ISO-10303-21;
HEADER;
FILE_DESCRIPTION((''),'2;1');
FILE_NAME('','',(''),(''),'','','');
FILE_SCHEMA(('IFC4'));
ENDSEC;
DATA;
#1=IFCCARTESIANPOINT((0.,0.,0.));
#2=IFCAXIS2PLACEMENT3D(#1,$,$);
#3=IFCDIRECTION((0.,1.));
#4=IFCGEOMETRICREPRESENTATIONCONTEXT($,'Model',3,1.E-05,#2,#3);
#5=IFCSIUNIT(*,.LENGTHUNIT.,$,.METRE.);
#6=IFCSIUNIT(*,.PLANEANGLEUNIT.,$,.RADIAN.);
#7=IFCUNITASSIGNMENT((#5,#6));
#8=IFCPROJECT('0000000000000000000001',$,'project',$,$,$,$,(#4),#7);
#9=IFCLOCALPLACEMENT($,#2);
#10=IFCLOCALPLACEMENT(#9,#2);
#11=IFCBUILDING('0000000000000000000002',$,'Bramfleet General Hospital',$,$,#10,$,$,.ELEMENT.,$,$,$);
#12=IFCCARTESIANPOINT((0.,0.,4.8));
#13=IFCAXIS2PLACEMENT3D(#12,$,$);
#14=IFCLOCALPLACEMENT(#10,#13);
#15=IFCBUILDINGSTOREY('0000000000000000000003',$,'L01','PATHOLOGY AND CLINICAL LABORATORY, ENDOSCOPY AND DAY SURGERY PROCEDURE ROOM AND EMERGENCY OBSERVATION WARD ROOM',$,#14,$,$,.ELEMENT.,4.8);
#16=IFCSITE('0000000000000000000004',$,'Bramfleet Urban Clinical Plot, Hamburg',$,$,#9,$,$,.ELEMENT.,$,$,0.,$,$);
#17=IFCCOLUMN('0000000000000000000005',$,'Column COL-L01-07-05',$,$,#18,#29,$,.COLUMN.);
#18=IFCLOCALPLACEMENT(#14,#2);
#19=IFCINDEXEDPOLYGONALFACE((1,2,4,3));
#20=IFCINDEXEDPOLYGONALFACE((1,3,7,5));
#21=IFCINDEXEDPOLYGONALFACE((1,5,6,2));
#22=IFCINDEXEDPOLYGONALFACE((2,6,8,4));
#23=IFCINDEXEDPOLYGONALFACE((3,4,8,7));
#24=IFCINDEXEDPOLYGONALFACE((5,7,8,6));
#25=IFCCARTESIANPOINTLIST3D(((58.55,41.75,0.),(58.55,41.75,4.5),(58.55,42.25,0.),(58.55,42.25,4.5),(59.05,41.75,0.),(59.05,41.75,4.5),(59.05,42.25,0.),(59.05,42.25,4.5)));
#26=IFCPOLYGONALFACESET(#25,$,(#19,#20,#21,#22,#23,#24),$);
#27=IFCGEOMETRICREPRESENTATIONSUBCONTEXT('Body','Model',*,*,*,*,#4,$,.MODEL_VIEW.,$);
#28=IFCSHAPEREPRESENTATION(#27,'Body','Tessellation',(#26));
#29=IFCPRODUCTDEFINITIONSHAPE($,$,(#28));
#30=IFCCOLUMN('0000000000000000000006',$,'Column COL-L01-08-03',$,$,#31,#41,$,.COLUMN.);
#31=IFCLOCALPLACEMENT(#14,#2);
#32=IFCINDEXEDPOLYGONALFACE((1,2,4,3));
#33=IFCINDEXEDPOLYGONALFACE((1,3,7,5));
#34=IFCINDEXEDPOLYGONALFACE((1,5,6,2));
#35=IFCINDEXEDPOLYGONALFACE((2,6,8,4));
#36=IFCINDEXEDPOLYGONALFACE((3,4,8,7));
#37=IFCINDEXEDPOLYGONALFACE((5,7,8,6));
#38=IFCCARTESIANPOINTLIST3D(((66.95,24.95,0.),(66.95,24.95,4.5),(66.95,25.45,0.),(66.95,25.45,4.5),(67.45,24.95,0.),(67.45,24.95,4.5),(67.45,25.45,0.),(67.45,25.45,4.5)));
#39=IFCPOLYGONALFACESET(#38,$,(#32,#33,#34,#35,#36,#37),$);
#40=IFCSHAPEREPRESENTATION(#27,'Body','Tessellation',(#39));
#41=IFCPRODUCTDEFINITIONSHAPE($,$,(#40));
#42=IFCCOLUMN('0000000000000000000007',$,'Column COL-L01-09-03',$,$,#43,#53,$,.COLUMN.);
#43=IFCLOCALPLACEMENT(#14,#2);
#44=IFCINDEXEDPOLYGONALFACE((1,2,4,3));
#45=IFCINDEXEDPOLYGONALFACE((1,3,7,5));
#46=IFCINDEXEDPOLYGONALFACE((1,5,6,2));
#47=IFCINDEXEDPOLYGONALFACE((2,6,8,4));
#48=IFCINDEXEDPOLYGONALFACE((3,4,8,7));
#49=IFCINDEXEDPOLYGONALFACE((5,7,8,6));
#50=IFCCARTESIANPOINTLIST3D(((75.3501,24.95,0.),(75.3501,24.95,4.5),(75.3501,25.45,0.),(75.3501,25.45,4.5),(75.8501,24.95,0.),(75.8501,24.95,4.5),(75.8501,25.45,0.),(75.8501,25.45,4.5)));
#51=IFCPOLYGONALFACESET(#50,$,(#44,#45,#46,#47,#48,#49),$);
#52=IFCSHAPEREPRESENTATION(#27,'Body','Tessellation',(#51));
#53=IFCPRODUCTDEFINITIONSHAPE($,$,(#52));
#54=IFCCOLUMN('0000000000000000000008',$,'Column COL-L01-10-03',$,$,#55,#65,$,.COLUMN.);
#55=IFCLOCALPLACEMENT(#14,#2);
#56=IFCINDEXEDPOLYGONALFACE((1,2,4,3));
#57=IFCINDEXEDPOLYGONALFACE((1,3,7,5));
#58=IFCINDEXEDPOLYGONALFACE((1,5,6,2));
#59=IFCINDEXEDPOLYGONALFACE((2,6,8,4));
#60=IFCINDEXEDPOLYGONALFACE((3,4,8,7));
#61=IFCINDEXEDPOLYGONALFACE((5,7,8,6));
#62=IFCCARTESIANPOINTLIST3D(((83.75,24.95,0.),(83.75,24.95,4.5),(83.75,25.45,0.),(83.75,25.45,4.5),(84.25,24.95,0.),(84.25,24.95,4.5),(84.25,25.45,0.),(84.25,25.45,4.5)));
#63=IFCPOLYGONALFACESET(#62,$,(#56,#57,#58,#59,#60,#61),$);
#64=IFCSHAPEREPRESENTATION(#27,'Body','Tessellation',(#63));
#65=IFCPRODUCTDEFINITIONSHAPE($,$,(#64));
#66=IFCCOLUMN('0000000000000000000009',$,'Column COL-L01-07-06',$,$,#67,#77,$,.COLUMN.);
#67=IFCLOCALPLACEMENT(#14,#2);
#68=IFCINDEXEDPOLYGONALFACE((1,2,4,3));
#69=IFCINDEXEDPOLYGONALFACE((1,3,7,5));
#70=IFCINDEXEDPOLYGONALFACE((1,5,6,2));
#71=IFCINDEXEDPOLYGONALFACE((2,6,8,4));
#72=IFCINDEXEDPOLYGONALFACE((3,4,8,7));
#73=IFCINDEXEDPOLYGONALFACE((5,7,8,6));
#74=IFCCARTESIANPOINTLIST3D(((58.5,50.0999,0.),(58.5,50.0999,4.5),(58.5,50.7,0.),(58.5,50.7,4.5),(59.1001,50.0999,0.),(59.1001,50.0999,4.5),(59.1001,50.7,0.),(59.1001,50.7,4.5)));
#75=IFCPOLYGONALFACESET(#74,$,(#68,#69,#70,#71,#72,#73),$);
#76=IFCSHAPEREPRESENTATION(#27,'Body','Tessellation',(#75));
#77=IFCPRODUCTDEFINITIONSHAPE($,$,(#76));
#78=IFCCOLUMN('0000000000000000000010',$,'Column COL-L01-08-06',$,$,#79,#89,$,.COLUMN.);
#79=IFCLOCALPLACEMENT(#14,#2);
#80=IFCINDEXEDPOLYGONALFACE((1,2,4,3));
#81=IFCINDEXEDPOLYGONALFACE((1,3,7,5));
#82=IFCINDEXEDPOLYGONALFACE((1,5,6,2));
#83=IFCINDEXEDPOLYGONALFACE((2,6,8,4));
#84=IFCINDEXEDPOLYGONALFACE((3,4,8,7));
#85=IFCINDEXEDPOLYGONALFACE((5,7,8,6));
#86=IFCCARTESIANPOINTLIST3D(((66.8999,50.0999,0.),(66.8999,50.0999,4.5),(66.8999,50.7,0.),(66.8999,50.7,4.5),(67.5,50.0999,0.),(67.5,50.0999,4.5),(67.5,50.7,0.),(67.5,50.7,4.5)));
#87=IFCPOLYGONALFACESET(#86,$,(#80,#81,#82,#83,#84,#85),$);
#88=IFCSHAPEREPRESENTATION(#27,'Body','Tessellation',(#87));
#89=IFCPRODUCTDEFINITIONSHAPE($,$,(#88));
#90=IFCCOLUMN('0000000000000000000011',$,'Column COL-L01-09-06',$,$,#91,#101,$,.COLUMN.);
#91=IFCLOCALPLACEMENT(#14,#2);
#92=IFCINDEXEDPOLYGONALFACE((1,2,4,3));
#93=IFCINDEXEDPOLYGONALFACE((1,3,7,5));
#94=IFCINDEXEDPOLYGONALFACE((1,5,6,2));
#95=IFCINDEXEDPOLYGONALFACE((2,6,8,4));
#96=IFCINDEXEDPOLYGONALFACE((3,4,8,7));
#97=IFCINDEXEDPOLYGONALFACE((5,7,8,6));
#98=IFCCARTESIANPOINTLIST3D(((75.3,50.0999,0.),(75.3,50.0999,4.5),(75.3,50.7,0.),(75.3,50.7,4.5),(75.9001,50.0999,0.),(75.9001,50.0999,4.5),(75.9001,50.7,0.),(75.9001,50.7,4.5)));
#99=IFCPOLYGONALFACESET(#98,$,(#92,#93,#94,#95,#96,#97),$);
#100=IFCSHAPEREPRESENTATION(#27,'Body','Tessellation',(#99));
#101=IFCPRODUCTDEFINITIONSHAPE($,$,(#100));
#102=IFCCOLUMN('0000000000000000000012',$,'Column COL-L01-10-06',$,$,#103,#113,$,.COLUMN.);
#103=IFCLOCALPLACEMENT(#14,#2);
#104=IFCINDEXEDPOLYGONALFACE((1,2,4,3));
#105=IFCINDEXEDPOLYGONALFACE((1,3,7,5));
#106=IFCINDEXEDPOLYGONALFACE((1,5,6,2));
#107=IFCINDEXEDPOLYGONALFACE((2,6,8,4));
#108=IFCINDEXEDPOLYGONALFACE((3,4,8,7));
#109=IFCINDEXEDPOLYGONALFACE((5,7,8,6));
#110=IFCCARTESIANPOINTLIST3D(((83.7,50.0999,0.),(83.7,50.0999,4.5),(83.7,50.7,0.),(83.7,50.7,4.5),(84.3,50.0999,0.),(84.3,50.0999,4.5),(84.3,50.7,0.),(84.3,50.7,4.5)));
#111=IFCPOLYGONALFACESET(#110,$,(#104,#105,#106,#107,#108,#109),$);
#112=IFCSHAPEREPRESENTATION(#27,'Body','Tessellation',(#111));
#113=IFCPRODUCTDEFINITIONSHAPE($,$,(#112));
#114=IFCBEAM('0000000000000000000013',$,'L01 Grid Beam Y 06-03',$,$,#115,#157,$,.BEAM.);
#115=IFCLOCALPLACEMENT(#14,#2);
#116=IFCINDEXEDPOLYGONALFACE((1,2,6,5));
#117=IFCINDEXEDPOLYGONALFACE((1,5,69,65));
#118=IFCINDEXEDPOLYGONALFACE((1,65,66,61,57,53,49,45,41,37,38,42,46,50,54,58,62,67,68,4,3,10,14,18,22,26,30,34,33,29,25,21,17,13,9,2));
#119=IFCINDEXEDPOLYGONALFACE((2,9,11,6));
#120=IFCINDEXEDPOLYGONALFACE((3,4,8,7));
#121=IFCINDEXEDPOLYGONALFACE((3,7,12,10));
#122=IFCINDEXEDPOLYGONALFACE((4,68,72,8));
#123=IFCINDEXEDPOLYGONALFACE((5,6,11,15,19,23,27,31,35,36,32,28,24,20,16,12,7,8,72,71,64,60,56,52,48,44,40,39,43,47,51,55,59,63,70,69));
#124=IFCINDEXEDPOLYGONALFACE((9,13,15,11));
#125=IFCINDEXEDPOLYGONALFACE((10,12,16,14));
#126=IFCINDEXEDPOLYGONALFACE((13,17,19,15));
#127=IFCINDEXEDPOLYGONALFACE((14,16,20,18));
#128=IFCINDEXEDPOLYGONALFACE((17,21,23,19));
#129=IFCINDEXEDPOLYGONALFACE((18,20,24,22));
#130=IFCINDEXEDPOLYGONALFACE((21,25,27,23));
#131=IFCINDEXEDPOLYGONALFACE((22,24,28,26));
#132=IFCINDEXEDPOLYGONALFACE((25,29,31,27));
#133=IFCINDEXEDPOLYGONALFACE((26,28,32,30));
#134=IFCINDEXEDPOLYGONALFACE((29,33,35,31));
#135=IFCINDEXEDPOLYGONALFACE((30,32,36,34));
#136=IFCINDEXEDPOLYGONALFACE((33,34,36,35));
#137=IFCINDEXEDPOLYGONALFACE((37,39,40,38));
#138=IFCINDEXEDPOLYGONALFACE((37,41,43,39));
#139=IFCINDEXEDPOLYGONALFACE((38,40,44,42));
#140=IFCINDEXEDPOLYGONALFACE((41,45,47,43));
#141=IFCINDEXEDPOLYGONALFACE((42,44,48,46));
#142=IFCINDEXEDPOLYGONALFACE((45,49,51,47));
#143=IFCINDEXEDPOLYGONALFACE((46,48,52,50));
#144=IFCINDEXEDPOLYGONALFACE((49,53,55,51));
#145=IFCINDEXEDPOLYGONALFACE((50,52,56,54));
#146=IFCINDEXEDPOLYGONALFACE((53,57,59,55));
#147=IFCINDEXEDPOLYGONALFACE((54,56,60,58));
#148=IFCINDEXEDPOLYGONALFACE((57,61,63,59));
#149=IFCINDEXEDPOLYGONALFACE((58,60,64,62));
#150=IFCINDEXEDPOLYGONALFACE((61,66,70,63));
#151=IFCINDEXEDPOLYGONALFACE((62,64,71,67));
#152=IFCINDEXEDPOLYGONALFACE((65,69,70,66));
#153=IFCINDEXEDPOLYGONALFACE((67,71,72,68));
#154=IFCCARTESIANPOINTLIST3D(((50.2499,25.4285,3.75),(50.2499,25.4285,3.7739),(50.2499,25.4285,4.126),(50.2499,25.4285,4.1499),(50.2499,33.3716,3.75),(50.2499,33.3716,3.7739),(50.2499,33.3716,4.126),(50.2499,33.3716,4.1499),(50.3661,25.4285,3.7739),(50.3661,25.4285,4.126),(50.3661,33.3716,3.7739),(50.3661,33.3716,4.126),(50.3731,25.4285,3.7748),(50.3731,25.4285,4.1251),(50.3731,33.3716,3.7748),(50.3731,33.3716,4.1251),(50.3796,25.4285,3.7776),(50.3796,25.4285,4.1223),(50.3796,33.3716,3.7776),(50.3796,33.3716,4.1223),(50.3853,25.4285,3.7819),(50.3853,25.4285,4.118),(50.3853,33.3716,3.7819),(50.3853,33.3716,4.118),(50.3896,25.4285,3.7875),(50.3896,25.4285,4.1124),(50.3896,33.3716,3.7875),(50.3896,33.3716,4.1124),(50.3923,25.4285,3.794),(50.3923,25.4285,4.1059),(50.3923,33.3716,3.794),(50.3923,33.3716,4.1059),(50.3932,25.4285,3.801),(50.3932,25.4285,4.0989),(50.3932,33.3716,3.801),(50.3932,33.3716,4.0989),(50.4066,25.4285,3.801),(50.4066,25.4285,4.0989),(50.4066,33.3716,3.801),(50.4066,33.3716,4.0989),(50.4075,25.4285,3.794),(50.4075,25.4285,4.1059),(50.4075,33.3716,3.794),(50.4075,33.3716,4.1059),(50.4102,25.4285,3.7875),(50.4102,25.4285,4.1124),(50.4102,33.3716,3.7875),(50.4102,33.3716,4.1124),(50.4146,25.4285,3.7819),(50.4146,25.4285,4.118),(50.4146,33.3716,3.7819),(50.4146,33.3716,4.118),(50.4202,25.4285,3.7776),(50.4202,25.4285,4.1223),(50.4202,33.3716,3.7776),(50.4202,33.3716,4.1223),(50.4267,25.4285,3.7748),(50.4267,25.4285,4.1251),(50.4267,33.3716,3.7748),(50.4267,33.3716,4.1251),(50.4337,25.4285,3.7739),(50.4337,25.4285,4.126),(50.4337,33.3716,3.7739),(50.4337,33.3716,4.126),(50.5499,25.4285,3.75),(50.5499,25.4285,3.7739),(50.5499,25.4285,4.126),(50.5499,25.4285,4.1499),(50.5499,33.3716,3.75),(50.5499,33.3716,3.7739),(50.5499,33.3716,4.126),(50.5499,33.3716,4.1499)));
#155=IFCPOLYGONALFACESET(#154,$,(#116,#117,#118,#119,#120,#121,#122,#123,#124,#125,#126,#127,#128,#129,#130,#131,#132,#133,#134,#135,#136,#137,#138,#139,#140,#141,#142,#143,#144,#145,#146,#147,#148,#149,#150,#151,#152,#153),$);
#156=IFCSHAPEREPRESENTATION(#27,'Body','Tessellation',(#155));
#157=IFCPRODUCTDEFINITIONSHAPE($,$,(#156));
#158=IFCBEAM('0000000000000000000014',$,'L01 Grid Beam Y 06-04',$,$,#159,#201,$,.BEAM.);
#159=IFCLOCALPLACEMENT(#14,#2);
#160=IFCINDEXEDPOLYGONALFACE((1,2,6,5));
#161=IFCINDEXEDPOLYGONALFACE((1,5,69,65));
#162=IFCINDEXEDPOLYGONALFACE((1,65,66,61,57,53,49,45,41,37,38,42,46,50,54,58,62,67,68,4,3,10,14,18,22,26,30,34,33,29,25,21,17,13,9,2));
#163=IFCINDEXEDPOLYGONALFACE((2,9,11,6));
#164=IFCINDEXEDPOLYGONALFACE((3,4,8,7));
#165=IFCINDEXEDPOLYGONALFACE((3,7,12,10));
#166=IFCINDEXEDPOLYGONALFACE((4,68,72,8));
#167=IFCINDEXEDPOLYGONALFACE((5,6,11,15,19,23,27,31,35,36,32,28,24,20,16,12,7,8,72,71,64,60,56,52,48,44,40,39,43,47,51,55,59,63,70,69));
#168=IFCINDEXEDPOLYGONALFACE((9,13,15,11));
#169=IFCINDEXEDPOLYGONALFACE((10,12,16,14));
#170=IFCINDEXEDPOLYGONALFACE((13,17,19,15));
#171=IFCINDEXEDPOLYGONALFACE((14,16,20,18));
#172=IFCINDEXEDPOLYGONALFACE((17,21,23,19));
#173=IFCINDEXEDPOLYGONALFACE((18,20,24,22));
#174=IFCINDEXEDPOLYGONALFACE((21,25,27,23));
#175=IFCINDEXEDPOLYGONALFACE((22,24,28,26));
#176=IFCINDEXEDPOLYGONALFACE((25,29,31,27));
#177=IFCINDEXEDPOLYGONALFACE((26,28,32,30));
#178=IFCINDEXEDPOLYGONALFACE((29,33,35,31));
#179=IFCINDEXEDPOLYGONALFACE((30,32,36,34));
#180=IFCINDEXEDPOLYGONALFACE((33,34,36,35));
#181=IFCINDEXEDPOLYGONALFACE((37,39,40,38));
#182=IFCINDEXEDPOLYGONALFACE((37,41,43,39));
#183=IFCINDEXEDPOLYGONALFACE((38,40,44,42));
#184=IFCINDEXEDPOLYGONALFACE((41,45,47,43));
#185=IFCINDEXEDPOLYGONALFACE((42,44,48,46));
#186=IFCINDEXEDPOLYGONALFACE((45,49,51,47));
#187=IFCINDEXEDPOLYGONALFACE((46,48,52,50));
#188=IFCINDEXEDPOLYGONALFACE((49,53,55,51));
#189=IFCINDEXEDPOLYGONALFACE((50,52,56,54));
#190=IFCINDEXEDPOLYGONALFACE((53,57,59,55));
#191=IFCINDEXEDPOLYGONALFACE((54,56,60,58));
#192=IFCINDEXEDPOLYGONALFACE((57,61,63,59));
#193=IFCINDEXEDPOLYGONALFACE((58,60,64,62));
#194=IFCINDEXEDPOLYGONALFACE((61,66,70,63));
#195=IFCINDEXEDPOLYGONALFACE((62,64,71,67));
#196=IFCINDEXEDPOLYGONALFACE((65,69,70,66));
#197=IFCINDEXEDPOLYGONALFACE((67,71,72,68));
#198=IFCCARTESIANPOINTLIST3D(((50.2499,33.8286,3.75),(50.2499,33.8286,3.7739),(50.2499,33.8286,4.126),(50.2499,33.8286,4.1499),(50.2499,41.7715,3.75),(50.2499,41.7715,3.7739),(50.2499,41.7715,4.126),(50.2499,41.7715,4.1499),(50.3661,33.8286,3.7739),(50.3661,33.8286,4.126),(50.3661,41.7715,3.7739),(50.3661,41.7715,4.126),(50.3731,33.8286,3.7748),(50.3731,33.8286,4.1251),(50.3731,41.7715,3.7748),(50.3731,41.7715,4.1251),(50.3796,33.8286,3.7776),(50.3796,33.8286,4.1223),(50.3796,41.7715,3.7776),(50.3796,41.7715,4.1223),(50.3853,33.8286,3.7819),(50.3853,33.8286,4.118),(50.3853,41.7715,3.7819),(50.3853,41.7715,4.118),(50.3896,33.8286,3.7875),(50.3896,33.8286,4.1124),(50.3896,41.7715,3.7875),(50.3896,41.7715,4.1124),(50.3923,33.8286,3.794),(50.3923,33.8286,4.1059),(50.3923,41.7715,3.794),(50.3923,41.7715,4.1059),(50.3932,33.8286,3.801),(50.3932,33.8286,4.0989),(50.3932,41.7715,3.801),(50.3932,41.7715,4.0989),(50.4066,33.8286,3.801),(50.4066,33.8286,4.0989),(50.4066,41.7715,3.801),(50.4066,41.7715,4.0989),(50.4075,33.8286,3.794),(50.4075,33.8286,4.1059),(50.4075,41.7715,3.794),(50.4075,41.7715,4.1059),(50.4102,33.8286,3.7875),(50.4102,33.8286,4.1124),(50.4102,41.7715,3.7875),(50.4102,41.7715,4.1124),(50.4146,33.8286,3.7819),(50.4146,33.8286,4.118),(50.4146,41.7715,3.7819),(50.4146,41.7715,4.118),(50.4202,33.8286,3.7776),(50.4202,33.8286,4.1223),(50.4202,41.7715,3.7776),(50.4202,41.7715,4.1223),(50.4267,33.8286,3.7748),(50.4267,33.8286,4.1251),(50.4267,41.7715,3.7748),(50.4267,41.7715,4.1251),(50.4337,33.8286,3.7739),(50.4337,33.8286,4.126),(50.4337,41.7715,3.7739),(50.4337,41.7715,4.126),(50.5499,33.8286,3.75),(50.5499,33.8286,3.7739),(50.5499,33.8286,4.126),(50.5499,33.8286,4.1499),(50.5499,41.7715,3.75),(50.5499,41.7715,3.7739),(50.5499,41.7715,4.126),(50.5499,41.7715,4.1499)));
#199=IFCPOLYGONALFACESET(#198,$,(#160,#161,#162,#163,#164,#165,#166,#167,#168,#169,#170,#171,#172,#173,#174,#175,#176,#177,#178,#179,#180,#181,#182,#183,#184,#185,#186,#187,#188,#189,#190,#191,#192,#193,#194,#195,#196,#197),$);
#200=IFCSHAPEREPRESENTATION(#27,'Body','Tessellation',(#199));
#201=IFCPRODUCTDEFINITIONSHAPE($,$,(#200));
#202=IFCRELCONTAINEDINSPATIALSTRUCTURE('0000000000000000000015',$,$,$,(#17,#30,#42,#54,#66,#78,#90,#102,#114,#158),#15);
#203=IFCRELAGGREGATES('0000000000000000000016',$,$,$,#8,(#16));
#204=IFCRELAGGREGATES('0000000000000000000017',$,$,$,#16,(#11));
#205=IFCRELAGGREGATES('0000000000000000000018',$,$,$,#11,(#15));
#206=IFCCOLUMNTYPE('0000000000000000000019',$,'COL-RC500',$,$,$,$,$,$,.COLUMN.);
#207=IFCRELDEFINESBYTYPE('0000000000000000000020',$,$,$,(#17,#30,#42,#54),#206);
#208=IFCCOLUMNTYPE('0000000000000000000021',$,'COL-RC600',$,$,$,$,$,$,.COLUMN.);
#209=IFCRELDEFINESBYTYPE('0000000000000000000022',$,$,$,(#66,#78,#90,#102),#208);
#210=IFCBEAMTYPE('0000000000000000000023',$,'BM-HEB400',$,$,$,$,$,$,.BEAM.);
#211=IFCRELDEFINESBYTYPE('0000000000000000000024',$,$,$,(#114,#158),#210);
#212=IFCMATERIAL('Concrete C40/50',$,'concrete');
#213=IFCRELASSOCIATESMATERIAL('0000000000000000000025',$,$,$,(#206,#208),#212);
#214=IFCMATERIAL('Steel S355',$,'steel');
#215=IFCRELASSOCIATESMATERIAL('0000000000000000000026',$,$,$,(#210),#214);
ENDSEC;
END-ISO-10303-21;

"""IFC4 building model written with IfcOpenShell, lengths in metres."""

from ifc_helpers import new_model, si_unit, direction, frame, origin, origin_2d, place, context, subcontext, project, spatial, rectangle, i_section, extrude, material, material_profile, profile_set, type_object, element, save


model = new_model("IFC4")

# Units and contexts
model_context = context("Model", 3, precision=1e-05, world=origin(), true_north=direction((0.0, 1.0)))
body_context = subcontext(model_context, "Body", "Model", "MODEL_VIEW")
ifc_project = project(units=[si_unit("LENGTHUNIT", "METRE"), si_unit("PLANEANGLEUNIT", "RADIAN")], contexts=[model_context])

# Site, building, storey
site_placement = place(None, origin())
site = spatial("IfcSite", under=ifc_project, at=site_placement, Name="Bramfleet Urban Clinical Plot, Hamburg", CompositionType="ELEMENT", RefElevation=0.0)
building_placement = place(site_placement, origin())
building = spatial("IfcBuilding", under=site, at=building_placement, Name="Bramfleet General Hospital", CompositionType="ELEMENT")
storey_placement = place(building_placement, frame((0.0, 0.0, 4.8)))
storey = spatial("IfcBuildingStorey", under=building, at=storey_placement, Name="L01", Description="PATHOLOGY AND CLINICAL LABORATORY, ENDOSCOPY AND DAY SURGERY PROCEDURE ROOM AND EMERGENCY OBSERVATION WARD ROOM", CompositionType="ELEMENT", Elevation=4.8)

# Columns
ifc_material_1 = material(Name="Steel S355", Category="steel")
ifc_material_2 = material(Name="Concrete C40/50", Category="concrete")
ifc_material_profile_1 = material_profile(ifc_material_2, rectangle(XDim=0.5, YDim=0.5, at=origin_2d()), Name="RC COL 500x500")
ifc_profile_set_1 = profile_set([ifc_material_profile_1], Name="Concrete C40/50")
column_type_1 = type_object("IfcColumnType", Name="COL-RC500", PredefinedType="COLUMN", material=ifc_profile_set_1)
for number, where, z_axis, x_axis, name in (
    (1, (58.8, 42.0, 0.0), (0.0, 0.0, 1.0), (1.0, 0.0, 0.0), "Column COL-L01-07-05"),
    (2, (67.2, 25.2, 0.0), (0.0, 0.0, 1.0), (1.0, 0.0, 0.0), "Column COL-L01-08-03"),
    (3, (75.6001, 25.2, 0.0), (0.0, 0.0, 1.0), (1.0, 0.0, 0.0), "Column COL-L01-09-03"),
    (4, (84.0, 25.2, 0.0), (0.0, 0.0, 1.0), (1.0, 0.0, 0.0), "Column COL-L01-10-03"),
):
    element("IfcColumn", number, at=place(storey_placement, frame(where, z_axis=z_axis, x_axis=x_axis)), inside=storey, type_object=column_type_1, Name=name, PredefinedType="COLUMN", context=body_context, shape_type="SweptSolid", body=[
        extrude(rectangle(XDim=0.5, YDim=0.5, at=origin_2d()), origin(), (0.0, 0.0, 1.0), 4.5),
    ])
ifc_material_profile_2 = material_profile(ifc_material_2, rectangle(XDim=0.6001, YDim=0.6001, at=origin_2d()), Name="RC COL 600x600")
ifc_profile_set_2 = profile_set([ifc_material_profile_2], Name="Concrete C40/50")
column_type_2 = type_object("IfcColumnType", Name="COL-RC600", PredefinedType="COLUMN", material=ifc_profile_set_2)
for number, where, z_axis, x_axis, name in (
    (5, (58.8, 50.3999, 0.0), (0.0, 0.0, 1.0), (1.0, 0.0, 0.0), "Column COL-L01-07-06"),
    (6, (67.2, 50.3999, 0.0), (0.0, 0.0, 1.0), (1.0, 0.0, 0.0), "Column COL-L01-08-06"),
    (7, (75.6001, 50.3999, 0.0), (0.0, 0.0, 1.0), (1.0, 0.0, 0.0), "Column COL-L01-09-06"),
    (8, (84.0, 50.3999, 0.0), (0.0, 0.0, 1.0), (1.0, 0.0, 0.0), "Column COL-L01-10-06"),
):
    element("IfcColumn", number, at=place(storey_placement, frame(where, z_axis=z_axis, x_axis=x_axis)), inside=storey, type_object=column_type_2, Name=name, PredefinedType="COLUMN", context=body_context, shape_type="SweptSolid", body=[
        extrude(rectangle(XDim=0.6001, YDim=0.6001, at=origin_2d()), origin(), (0.0, 0.0, 1.0), 4.5),
    ])

# Beams
ifc_material_profile_3 = material_profile(ifc_material_1, i_section(OverallWidth=0.3, OverallDepth=0.3999, WebThickness=0.0134, FlangeThickness=0.0239, FilletRadius=0.0271, at=origin_2d()), Name="HEB 400")
ifc_profile_set_3 = profile_set([ifc_material_profile_3], Name="Steel S355")
beam_type_1 = type_object("IfcBeamType", Name="BM-HEB400", PredefinedType="BEAM", material=ifc_profile_set_3)
beam_1_placement = place(storey_placement, frame((50.3999, 25.4285, 3.95), z_axis=(0.0, 1.0, 0.0), x_axis=(-1.0, 0.0, 0.0)))
element("IfcBeam", 9, at=beam_1_placement, inside=storey, type_object=beam_type_1, Name="L01 Grid Beam Y 06-03", PredefinedType="BEAM", context=body_context, shape_type="SweptSolid", body=[
    extrude(i_section(OverallWidth=0.3, OverallDepth=0.3999, WebThickness=0.0134, FlangeThickness=0.0239, FilletRadius=0.0271, at=origin_2d()), origin(), (0.0, 0.0, 1.0), 7.9431),
])
for number, where, z_axis, x_axis, name in (
    (10, (50.3999, 33.8286, 3.95), (0.0, 1.0, 0.0), (-1.0, 0.0, 0.0), "L01 Grid Beam Y 06-04"),
):
    element("IfcBeam", number, at=place(storey_placement, frame(where, z_axis=z_axis, x_axis=x_axis)), inside=storey, type_object=beam_type_1, Name=name, PredefinedType="BEAM", context=body_context, shape_type="SweptSolid", body=[
        extrude(i_section(OverallWidth=0.3, OverallDepth=0.3999, WebThickness=0.0134, FlangeThickness=0.0239, FilletRadius=0.0271, at=origin_2d()), origin(), (0.0, 0.0, 1.0), 7.9429),
    ])

save(model, "model.ifc")
